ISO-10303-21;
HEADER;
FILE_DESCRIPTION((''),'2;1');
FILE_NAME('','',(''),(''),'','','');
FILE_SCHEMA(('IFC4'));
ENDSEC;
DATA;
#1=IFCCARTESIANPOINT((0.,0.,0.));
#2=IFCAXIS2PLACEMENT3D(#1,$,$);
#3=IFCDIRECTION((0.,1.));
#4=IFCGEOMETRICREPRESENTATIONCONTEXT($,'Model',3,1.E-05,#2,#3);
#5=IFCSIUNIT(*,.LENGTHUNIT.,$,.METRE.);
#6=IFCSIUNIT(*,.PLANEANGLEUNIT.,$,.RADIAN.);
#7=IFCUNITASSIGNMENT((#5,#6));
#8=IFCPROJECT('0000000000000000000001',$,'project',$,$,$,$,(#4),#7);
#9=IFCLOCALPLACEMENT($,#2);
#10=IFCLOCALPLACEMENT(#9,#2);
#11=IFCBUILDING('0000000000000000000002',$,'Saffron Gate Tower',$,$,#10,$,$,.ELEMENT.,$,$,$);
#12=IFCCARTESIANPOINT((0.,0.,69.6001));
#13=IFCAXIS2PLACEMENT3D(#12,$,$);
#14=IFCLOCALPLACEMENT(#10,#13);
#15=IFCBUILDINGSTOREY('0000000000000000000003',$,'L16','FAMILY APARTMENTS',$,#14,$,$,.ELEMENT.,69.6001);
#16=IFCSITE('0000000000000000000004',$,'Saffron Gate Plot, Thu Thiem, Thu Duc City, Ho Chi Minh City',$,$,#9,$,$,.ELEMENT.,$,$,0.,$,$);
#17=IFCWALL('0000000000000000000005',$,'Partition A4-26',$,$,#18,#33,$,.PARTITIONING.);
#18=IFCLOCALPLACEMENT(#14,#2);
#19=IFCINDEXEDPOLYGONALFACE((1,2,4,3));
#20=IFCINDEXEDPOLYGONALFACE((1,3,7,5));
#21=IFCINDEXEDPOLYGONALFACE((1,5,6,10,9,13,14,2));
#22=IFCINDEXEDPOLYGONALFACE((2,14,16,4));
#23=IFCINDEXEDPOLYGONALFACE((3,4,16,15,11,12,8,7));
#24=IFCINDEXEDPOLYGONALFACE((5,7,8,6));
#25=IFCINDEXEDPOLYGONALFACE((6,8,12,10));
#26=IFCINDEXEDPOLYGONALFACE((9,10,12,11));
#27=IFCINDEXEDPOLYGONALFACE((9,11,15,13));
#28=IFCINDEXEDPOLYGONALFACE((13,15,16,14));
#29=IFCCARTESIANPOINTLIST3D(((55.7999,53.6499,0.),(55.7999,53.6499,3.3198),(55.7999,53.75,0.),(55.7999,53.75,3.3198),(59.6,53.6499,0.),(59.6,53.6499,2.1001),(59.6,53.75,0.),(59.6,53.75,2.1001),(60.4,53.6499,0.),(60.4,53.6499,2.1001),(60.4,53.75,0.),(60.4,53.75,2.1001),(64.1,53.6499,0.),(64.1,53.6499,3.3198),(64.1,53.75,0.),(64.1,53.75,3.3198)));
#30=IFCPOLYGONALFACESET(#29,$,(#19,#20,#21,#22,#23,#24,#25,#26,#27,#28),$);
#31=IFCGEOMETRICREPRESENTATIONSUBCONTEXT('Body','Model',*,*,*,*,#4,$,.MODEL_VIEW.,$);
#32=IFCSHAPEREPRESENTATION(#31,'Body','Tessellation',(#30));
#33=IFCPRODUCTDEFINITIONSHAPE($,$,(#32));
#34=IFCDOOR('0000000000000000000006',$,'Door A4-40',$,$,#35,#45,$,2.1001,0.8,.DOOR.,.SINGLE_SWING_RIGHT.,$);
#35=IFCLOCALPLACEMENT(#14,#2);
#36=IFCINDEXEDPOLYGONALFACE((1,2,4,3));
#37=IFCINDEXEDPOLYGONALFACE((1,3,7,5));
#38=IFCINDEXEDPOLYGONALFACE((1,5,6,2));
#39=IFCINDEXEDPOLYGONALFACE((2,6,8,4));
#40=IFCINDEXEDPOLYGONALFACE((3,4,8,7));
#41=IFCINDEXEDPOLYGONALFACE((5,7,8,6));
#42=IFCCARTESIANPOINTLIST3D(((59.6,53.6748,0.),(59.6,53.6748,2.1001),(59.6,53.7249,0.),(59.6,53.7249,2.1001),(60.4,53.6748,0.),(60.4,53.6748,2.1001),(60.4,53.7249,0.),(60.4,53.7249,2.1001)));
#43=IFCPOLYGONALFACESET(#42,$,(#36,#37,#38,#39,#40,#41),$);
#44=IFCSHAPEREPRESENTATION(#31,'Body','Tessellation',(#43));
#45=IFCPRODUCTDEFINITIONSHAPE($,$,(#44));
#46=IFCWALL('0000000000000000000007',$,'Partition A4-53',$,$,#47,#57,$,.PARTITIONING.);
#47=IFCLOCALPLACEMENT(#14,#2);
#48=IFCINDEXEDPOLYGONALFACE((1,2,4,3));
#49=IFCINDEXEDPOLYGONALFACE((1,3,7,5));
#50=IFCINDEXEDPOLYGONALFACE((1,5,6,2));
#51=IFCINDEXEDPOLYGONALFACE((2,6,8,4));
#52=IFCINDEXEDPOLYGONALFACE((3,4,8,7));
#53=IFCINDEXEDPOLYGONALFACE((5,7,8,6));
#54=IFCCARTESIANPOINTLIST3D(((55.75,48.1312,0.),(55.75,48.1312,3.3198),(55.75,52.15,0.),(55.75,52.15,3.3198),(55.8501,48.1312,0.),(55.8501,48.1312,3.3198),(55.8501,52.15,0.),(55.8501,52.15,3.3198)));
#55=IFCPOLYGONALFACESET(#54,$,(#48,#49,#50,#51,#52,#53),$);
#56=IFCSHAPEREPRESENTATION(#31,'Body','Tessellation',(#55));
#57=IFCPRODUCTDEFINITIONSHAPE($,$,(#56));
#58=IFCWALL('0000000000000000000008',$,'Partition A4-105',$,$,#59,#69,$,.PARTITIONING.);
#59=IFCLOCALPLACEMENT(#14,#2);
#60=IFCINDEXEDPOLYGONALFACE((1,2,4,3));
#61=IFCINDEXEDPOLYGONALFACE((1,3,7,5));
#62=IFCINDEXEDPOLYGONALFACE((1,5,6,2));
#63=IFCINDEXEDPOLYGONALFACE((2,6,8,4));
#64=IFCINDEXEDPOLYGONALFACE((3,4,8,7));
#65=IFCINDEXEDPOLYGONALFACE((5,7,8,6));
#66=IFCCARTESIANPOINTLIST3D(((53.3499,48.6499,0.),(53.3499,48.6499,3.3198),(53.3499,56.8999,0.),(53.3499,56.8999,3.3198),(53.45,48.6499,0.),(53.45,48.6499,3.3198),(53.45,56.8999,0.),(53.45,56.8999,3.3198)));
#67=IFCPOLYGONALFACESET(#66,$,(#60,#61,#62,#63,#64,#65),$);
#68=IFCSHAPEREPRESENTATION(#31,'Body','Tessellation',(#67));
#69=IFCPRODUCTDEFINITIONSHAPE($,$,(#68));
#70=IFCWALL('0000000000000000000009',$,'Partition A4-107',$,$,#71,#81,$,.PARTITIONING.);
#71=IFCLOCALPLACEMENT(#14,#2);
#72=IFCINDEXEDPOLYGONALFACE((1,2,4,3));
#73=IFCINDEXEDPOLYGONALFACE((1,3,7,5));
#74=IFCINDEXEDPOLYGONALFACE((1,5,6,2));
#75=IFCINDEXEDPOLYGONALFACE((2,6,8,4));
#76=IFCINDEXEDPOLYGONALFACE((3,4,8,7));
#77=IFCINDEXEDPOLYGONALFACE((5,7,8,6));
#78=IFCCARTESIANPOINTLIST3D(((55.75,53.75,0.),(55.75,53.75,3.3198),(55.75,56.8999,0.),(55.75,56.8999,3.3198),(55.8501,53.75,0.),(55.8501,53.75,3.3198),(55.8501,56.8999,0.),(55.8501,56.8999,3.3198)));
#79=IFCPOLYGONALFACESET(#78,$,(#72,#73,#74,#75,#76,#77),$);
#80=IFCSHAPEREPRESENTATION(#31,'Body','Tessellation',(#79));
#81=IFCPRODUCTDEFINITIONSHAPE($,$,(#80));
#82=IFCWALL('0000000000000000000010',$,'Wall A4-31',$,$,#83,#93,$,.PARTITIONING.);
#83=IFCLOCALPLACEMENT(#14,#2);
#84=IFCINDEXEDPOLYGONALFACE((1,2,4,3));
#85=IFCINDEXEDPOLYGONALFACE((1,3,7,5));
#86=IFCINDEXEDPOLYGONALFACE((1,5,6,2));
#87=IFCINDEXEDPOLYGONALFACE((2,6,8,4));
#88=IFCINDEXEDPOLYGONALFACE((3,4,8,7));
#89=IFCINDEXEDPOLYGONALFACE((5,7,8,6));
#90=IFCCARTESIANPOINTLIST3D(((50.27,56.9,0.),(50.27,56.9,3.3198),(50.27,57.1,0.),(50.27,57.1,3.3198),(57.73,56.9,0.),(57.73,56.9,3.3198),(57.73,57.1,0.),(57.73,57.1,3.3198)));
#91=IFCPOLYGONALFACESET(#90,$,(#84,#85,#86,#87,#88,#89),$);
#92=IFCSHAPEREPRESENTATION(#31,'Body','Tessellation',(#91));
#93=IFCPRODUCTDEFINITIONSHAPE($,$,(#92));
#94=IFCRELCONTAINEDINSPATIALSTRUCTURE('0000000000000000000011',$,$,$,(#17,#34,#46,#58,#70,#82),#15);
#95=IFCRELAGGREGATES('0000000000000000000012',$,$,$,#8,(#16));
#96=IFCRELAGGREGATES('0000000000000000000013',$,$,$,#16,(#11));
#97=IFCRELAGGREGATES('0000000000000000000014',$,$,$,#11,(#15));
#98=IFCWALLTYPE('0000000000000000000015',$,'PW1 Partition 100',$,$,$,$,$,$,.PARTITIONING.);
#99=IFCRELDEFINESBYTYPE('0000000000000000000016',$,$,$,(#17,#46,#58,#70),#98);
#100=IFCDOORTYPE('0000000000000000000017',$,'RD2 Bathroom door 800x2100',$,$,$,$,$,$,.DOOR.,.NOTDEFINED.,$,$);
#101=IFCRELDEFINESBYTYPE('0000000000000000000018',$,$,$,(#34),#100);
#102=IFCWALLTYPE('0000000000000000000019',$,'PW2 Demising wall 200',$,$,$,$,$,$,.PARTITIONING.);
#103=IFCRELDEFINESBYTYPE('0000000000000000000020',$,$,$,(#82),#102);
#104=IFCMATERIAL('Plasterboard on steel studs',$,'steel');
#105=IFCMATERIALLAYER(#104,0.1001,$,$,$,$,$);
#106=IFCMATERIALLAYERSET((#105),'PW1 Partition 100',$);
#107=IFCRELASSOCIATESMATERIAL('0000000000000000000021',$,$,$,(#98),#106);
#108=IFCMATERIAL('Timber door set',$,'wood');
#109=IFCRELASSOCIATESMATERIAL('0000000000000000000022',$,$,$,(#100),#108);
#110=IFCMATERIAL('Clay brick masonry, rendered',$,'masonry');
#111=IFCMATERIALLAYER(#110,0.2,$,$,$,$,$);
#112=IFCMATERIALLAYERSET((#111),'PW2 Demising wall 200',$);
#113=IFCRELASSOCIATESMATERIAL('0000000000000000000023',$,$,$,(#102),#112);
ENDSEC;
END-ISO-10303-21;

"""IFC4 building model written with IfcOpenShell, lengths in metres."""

from ifc_helpers import new_model, si_unit, direction, frame, frame_2d, origin, place, context, subcontext, project, spatial, rectangle, extrude, material, layer, layer_set, type_object, element, fill, save


model = new_model("IFC4")

# Units and contexts
model_context = context("Model", 3, precision=1e-05, world=origin(), true_north=direction((0.0, 1.0)))
body_context = subcontext(model_context, "Body", "Model", "MODEL_VIEW")
ifc_project = project(units=[si_unit("LENGTHUNIT", "METRE"), si_unit("PLANEANGLEUNIT", "RADIAN")], contexts=[model_context])

# Site, building, storey
site_placement = place(None, origin())
site = spatial("IfcSite", under=ifc_project, at=site_placement, Name="Saffron Gate Plot, Thu Thiem, Thu Duc City, Ho Chi Minh City", CompositionType="ELEMENT", RefElevation=0.0)
building_placement = place(site_placement, origin())
building = spatial("IfcBuilding", under=site, at=building_placement, Name="Saffron Gate Tower", CompositionType="ELEMENT")
storey_placement = place(building_placement, frame((0.0, 0.0, 69.6001)))
storey = spatial("IfcBuildingStorey", under=building, at=storey_placement, Name="L16", Description="FAMILY APARTMENTS", CompositionType="ELEMENT", Elevation=69.6001)

# Shared definitions
ifc_material_1 = material(Name="Plasterboard on steel studs", Category="steel")
ifc_layer_1 = layer(ifc_material_1, 0.1001)
ifc_layer_set_1 = layer_set([ifc_layer_1], Name="PW1 Partition 100")
wall_type_1 = type_object("IfcWallType", Name="PW1 Partition 100", PredefinedType="PARTITIONING", material=ifc_layer_set_1)

# Wall, opening, door
ifc_material_2 = material(Name="Timber door set", Category="wood")
wall_1_placement = place(storey_placement, frame((55.8, 53.7, 0.0), z_axis=(0.0, 0.0, 1.0), x_axis=(1.0, 0.0, 0.0)))
wall_1 = element("IfcWall", 1, at=wall_1_placement, inside=storey, type_object=wall_type_1, Name="Partition A4-26", PredefinedType="PARTITIONING", context=body_context, shape_type="SweptSolid", body=[
    extrude(rectangle(XDim=8.3, YDim=0.1001, at=frame_2d((4.1499, 0.0))), origin(), (0.0, 0.0, 1.0), 3.3198),
])
opening_1_placement = place(wall_1_placement, frame((3.8, 0.0, 0.0)))
opening_1 = element("IfcOpeningElement", 2, at=opening_1_placement, cuts=wall_1, PredefinedType="OPENING", context=body_context, shape_type="SweptSolid", body=[
    extrude(rectangle(XDim=0.8, YDim=2.1001, at=frame_2d((0.3999, 1.05))), frame((0.0, 0.0601, 0.0), z_axis=(0.0, -1.0, 0.0), x_axis=(1.0, 0.0, 0.0)), (0.0, 0.0, 1.0), 0.1201),
])
door_type_1 = type_object("IfcDoorType", Name="RD2 Bathroom door 800x2100", OperationType="NOTDEFINED", PredefinedType="DOOR", material=ifc_material_2)
door_1_placement = place(opening_1_placement, origin())
door_1 = element("IfcDoor", 3, at=door_1_placement, inside=storey, type_object=door_type_1, Name="Door A4-40", OperationType="SINGLE_SWING_RIGHT", OverallHeight=2.1001, OverallWidth=0.8, PredefinedType="DOOR", context=body_context, shape_type="SweptSolid", body=[
    extrude(rectangle(XDim=0.8, YDim=2.1001, at=frame_2d((0.3999, 1.05))), frame((0.0, 0.0249, 0.0), z_axis=(0.0, -1.0, 0.0), x_axis=(1.0, 0.0, 0.0)), (0.0, 0.0, 1.0), 0.05),
])
fill(opening_1, door_1)

# Walls
wall_2_placement = place(storey_placement, frame((55.8, 52.1499, 0.0), z_axis=(0.0, 0.0, 1.0), x_axis=(0.0, -1.0, 0.0)))
element("IfcWall", 4, at=wall_2_placement, inside=storey, type_object=wall_type_1, Name="Partition A4-53", PredefinedType="PARTITIONING", context=body_context, shape_type="SweptSolid", body=[
    extrude(rectangle(XDim=4.0188, YDim=0.1001, at=frame_2d((2.0093, 0.0))), origin(), (0.0, 0.0, 1.0), 3.3198),
])
wall_3_placement = place(storey_placement, frame((53.3999, 56.8999, 0.0), z_axis=(0.0, 0.0, 1.0), x_axis=(0.0, -1.0, 0.0)))
element("IfcWall", 5, at=wall_3_placement, inside=storey, type_object=wall_type_1, Name="Partition A4-105", PredefinedType="PARTITIONING", context=body_context, shape_type="SweptSolid", body=[
    extrude(rectangle(XDim=8.25, YDim=0.1001, at=frame_2d((4.125, 0.0))), origin(), (0.0, 0.0, 1.0), 3.3198),
])
wall_4_placement = place(storey_placement, frame((55.8, 56.8999, 0.0), z_axis=(0.0, 0.0, 1.0), x_axis=(0.0, -1.0, 0.0)))
element("IfcWall", 6, at=wall_4_placement, inside=storey, type_object=wall_type_1, Name="Partition A4-107", PredefinedType="PARTITIONING", context=body_context, shape_type="SweptSolid", body=[
    extrude(rectangle(XDim=3.1499, YDim=0.1001, at=frame_2d((1.575, 0.0))), origin(), (0.0, 0.0, 1.0), 3.3198),
])
ifc_material_3 = material(Name="Clay brick masonry, rendered", Category="masonry")
ifc_layer_2 = layer(ifc_material_3, 0.2)
ifc_layer_set_2 = layer_set([ifc_layer_2], Name="PW2 Demising wall 200")
wall_type_2 = type_object("IfcWallType", Name="PW2 Demising wall 200", PredefinedType="PARTITIONING", material=ifc_layer_set_2)
wall_5_placement = place(storey_placement, frame((50.27, 57.0, 0.0), z_axis=(0.0, 0.0, 1.0), x_axis=(1.0, 0.0, 0.0)))
element("IfcWall", 7, at=wall_5_placement, inside=storey, type_object=wall_type_2, Name="Wall A4-31", PredefinedType="PARTITIONING", context=body_context, shape_type="SweptSolid", body=[
    extrude(rectangle(XDim=7.46, YDim=0.2, at=frame_2d((3.73, 0.0))), origin(), (0.0, 0.0, 1.0), 3.3198),
])

save(model, "model.ifc")
